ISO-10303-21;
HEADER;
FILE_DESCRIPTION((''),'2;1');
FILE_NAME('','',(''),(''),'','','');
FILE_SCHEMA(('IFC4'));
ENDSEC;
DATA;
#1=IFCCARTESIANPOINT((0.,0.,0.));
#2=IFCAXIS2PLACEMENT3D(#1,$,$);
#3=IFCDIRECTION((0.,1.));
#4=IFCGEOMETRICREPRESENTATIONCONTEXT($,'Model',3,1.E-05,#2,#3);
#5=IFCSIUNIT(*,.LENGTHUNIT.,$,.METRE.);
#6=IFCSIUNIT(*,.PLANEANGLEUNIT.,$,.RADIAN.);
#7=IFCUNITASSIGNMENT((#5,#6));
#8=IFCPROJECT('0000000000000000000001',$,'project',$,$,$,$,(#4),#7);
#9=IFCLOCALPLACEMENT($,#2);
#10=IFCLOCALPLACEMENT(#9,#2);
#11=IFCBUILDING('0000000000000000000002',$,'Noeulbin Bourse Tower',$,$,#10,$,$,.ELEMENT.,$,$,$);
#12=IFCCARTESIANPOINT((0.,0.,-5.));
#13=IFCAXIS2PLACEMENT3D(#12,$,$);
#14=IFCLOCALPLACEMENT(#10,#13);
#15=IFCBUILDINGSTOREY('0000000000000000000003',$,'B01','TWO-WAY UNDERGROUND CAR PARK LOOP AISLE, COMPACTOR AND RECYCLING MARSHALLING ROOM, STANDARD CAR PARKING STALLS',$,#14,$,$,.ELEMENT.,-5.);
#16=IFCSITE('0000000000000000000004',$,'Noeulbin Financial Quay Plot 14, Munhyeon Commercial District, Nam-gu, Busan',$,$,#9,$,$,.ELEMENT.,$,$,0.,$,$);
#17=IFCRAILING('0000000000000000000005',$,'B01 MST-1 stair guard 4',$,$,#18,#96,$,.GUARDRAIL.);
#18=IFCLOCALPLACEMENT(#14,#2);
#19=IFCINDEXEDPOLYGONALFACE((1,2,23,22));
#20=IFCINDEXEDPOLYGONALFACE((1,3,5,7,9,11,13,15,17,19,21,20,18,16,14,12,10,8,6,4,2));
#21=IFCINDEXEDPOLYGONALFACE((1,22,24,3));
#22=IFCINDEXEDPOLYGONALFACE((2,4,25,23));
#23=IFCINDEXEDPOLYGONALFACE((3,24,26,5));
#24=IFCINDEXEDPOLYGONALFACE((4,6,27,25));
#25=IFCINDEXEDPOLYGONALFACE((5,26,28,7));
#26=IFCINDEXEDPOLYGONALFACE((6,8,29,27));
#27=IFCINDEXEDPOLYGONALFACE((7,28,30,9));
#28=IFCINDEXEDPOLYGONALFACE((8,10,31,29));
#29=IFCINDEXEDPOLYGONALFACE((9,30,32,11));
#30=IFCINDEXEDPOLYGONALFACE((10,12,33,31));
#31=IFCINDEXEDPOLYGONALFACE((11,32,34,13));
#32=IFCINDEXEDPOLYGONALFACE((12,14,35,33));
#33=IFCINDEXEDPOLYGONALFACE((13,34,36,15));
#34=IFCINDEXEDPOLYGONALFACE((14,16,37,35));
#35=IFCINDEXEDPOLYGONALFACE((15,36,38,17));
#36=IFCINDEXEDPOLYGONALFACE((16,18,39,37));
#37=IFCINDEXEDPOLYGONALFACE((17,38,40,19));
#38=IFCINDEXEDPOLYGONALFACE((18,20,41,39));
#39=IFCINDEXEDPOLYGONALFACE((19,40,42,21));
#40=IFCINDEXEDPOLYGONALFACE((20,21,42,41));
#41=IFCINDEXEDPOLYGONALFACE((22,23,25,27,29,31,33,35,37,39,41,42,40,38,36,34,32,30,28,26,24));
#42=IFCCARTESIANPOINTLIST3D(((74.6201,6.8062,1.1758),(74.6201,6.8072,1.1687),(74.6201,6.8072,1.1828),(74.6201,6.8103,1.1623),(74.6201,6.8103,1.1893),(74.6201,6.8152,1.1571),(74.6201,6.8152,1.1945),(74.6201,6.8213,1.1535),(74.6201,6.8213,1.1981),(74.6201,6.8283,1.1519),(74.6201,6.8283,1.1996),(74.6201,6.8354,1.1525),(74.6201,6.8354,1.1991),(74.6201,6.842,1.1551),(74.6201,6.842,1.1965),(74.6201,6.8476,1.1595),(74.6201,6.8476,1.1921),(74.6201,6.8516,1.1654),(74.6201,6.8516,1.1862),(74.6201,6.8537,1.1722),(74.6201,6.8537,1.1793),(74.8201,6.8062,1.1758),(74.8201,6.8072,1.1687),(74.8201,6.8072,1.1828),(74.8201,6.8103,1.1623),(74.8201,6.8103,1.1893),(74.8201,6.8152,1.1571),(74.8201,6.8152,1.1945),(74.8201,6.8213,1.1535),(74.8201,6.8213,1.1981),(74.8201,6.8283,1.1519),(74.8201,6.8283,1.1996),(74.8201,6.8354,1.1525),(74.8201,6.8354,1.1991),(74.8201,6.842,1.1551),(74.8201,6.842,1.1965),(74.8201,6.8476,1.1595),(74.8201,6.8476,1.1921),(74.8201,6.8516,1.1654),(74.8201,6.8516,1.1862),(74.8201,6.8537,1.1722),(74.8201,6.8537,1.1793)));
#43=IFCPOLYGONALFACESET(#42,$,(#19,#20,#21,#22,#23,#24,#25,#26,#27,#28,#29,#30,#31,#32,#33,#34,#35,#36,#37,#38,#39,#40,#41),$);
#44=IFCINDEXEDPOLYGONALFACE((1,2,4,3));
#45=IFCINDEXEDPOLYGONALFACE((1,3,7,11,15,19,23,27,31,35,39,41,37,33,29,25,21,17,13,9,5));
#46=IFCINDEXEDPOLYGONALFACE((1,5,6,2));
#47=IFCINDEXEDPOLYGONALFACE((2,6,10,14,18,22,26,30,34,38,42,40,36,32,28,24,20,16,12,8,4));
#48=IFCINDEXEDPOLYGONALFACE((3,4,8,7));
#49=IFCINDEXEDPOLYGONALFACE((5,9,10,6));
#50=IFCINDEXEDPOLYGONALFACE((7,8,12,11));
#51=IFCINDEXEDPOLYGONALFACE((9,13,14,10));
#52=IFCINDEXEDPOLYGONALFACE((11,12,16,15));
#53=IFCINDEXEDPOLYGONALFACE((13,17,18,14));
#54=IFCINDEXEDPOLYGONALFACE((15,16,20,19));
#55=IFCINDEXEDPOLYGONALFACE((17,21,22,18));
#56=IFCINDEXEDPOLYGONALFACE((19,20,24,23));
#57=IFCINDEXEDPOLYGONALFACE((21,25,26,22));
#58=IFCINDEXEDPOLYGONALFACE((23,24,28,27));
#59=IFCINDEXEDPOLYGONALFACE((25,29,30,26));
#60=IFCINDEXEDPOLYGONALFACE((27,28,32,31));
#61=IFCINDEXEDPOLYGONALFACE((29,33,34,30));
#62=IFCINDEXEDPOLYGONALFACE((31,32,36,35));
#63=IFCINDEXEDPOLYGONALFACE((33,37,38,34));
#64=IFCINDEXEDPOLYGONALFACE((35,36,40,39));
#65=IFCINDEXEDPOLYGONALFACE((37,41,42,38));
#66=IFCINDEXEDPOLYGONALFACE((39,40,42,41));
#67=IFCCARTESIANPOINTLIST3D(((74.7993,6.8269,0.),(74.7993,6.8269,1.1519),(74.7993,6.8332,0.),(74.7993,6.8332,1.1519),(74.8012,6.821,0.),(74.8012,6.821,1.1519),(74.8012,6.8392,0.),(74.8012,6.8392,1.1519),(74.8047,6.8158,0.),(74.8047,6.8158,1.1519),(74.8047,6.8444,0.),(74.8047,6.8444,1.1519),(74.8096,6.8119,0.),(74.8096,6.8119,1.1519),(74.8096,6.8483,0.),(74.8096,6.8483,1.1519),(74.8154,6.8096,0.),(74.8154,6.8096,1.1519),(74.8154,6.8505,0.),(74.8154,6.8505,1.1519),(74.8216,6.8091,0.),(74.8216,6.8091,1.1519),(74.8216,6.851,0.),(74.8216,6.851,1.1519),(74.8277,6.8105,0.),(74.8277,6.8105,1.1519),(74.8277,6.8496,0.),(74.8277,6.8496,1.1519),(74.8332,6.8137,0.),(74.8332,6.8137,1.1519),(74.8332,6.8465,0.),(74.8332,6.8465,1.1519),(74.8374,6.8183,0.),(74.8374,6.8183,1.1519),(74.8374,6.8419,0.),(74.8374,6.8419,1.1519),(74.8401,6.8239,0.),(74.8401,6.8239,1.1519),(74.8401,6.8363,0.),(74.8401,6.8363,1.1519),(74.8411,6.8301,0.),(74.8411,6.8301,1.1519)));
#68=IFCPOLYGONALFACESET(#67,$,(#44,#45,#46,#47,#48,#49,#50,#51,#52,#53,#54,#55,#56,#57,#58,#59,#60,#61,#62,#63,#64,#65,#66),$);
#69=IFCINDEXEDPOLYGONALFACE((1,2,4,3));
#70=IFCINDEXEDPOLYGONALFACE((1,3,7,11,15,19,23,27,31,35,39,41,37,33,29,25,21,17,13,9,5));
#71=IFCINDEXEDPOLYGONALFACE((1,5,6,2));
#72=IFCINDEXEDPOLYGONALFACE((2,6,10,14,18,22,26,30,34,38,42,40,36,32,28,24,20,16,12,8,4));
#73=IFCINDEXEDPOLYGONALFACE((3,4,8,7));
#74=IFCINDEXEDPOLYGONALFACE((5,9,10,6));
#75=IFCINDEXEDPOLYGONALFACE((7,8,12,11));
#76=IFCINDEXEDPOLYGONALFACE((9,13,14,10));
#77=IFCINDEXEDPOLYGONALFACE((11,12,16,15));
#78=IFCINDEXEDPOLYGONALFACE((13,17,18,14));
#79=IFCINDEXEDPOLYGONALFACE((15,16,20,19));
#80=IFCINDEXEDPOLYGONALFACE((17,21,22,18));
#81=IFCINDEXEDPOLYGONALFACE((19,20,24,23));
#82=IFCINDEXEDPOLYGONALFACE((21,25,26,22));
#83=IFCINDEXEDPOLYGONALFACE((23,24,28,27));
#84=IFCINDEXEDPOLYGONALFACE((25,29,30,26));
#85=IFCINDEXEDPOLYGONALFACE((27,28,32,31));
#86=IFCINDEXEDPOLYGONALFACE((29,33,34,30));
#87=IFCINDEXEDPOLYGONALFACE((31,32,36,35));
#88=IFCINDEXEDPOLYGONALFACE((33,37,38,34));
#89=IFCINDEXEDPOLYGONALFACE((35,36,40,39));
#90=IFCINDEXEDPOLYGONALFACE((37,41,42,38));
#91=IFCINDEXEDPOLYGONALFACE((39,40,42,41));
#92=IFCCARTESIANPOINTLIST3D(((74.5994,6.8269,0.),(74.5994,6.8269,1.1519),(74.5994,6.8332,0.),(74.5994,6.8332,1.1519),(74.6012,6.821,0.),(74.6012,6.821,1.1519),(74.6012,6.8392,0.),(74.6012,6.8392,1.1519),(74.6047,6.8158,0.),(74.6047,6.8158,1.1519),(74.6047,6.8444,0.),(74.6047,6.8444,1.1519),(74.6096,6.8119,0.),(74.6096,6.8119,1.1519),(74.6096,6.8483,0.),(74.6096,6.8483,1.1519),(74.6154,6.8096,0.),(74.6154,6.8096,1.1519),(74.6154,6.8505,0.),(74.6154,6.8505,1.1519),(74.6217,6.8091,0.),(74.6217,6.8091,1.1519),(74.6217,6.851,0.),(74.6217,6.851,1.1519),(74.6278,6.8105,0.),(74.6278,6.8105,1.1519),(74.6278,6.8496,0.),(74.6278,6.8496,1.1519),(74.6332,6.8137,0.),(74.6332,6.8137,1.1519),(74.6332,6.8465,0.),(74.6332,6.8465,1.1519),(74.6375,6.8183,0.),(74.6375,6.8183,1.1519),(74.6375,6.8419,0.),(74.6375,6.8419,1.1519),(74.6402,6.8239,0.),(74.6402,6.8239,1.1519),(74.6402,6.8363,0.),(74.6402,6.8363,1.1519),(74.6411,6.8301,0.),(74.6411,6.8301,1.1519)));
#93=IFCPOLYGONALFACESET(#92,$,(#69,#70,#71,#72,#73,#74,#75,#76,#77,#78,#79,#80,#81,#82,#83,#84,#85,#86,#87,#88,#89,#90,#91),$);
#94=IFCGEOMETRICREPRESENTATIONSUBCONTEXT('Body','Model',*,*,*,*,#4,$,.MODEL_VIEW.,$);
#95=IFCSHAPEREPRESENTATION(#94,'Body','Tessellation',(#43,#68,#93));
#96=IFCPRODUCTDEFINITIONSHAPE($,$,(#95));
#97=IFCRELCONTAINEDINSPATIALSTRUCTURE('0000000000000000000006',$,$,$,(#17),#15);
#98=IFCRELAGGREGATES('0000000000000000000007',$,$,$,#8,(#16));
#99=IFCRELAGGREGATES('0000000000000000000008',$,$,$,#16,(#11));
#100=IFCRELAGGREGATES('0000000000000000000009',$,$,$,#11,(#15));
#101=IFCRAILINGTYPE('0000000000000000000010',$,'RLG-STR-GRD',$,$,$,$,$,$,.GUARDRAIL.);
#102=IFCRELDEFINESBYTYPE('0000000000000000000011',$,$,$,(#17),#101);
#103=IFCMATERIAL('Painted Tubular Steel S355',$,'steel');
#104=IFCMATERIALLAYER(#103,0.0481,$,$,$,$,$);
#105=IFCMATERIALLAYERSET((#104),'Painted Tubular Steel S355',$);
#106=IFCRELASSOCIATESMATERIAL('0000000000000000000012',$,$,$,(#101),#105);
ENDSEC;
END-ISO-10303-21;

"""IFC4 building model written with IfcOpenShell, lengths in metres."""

from ifc_helpers import new_model, si_unit, direction, frame, origin, origin_2d, place, context, subcontext, project, spatial, circle, extrude, material, layer, layer_set, type_object, element, save


model = new_model("IFC4")

# Units and contexts
model_context = context("Model", 3, precision=1e-05, world=origin(), true_north=direction((0.0, 1.0)))
body_context = subcontext(model_context, "Body", "Model", "MODEL_VIEW")
ifc_project = project(units=[si_unit("LENGTHUNIT", "METRE"), si_unit("PLANEANGLEUNIT", "RADIAN")], contexts=[model_context])

# Site, building, storey
site_placement = place(None, origin())
site = spatial("IfcSite", under=ifc_project, at=site_placement, Name="Noeulbin Financial Quay Plot 14, Munhyeon Commercial District, Nam-gu, Busan", CompositionType="ELEMENT", RefElevation=0.0)
building_placement = place(site_placement, origin())
building = spatial("IfcBuilding", under=site, at=building_placement, Name="Noeulbin Bourse Tower", CompositionType="ELEMENT")
storey_placement = place(building_placement, frame((0.0, 0.0, -5.0)))
storey = spatial("IfcBuildingStorey", under=building, at=storey_placement, Name="B01", Description="TWO-WAY UNDERGROUND CAR PARK LOOP AISLE, COMPACTOR AND RECYCLING MARSHALLING ROOM, STANDARD CAR PARKING STALLS", CompositionType="ELEMENT", Elevation=-5.0)

# Railing
ifc_material_1 = material(Name="Painted Tubular Steel S355", Category="steel")
ifc_layer_1 = layer(ifc_material_1, 0.0481)
ifc_layer_set_1 = layer_set([ifc_layer_1], Name="Painted Tubular Steel S355")
railing_type_1 = type_object("IfcRailingType", Name="RLG-STR-GRD", PredefinedType="GUARDRAIL", material=ifc_layer_set_1)
railing_1_placement = place(storey_placement, frame((74.8201, 6.8301, 0.0)))
element("IfcRailing", 1, at=railing_1_placement, inside=storey, type_object=railing_type_1, Name="B01 MST-1 stair guard 4", PredefinedType="GUARDRAIL", context=body_context, shape_type="SweptSolid", body=[
    extrude(circle(Radius=0.0239, at=origin_2d()), frame((0.0, 0.0, 1.1758), z_axis=(-1.0, 0.0, 0.0), x_axis=(0.0, -1.0, 0.0)), (0.0, 0.0, 1.0), 0.2),
    extrude(circle(Radius=0.021, at=origin_2d()), origin(), (0.0, 0.0, 1.0), 1.1519),
    extrude(circle(Radius=0.021, at=origin_2d()), frame((-0.2, 0.0, 0.0)), (0.0, 0.0, 1.0), 1.1519),
])

save(model, "model.ifc")
